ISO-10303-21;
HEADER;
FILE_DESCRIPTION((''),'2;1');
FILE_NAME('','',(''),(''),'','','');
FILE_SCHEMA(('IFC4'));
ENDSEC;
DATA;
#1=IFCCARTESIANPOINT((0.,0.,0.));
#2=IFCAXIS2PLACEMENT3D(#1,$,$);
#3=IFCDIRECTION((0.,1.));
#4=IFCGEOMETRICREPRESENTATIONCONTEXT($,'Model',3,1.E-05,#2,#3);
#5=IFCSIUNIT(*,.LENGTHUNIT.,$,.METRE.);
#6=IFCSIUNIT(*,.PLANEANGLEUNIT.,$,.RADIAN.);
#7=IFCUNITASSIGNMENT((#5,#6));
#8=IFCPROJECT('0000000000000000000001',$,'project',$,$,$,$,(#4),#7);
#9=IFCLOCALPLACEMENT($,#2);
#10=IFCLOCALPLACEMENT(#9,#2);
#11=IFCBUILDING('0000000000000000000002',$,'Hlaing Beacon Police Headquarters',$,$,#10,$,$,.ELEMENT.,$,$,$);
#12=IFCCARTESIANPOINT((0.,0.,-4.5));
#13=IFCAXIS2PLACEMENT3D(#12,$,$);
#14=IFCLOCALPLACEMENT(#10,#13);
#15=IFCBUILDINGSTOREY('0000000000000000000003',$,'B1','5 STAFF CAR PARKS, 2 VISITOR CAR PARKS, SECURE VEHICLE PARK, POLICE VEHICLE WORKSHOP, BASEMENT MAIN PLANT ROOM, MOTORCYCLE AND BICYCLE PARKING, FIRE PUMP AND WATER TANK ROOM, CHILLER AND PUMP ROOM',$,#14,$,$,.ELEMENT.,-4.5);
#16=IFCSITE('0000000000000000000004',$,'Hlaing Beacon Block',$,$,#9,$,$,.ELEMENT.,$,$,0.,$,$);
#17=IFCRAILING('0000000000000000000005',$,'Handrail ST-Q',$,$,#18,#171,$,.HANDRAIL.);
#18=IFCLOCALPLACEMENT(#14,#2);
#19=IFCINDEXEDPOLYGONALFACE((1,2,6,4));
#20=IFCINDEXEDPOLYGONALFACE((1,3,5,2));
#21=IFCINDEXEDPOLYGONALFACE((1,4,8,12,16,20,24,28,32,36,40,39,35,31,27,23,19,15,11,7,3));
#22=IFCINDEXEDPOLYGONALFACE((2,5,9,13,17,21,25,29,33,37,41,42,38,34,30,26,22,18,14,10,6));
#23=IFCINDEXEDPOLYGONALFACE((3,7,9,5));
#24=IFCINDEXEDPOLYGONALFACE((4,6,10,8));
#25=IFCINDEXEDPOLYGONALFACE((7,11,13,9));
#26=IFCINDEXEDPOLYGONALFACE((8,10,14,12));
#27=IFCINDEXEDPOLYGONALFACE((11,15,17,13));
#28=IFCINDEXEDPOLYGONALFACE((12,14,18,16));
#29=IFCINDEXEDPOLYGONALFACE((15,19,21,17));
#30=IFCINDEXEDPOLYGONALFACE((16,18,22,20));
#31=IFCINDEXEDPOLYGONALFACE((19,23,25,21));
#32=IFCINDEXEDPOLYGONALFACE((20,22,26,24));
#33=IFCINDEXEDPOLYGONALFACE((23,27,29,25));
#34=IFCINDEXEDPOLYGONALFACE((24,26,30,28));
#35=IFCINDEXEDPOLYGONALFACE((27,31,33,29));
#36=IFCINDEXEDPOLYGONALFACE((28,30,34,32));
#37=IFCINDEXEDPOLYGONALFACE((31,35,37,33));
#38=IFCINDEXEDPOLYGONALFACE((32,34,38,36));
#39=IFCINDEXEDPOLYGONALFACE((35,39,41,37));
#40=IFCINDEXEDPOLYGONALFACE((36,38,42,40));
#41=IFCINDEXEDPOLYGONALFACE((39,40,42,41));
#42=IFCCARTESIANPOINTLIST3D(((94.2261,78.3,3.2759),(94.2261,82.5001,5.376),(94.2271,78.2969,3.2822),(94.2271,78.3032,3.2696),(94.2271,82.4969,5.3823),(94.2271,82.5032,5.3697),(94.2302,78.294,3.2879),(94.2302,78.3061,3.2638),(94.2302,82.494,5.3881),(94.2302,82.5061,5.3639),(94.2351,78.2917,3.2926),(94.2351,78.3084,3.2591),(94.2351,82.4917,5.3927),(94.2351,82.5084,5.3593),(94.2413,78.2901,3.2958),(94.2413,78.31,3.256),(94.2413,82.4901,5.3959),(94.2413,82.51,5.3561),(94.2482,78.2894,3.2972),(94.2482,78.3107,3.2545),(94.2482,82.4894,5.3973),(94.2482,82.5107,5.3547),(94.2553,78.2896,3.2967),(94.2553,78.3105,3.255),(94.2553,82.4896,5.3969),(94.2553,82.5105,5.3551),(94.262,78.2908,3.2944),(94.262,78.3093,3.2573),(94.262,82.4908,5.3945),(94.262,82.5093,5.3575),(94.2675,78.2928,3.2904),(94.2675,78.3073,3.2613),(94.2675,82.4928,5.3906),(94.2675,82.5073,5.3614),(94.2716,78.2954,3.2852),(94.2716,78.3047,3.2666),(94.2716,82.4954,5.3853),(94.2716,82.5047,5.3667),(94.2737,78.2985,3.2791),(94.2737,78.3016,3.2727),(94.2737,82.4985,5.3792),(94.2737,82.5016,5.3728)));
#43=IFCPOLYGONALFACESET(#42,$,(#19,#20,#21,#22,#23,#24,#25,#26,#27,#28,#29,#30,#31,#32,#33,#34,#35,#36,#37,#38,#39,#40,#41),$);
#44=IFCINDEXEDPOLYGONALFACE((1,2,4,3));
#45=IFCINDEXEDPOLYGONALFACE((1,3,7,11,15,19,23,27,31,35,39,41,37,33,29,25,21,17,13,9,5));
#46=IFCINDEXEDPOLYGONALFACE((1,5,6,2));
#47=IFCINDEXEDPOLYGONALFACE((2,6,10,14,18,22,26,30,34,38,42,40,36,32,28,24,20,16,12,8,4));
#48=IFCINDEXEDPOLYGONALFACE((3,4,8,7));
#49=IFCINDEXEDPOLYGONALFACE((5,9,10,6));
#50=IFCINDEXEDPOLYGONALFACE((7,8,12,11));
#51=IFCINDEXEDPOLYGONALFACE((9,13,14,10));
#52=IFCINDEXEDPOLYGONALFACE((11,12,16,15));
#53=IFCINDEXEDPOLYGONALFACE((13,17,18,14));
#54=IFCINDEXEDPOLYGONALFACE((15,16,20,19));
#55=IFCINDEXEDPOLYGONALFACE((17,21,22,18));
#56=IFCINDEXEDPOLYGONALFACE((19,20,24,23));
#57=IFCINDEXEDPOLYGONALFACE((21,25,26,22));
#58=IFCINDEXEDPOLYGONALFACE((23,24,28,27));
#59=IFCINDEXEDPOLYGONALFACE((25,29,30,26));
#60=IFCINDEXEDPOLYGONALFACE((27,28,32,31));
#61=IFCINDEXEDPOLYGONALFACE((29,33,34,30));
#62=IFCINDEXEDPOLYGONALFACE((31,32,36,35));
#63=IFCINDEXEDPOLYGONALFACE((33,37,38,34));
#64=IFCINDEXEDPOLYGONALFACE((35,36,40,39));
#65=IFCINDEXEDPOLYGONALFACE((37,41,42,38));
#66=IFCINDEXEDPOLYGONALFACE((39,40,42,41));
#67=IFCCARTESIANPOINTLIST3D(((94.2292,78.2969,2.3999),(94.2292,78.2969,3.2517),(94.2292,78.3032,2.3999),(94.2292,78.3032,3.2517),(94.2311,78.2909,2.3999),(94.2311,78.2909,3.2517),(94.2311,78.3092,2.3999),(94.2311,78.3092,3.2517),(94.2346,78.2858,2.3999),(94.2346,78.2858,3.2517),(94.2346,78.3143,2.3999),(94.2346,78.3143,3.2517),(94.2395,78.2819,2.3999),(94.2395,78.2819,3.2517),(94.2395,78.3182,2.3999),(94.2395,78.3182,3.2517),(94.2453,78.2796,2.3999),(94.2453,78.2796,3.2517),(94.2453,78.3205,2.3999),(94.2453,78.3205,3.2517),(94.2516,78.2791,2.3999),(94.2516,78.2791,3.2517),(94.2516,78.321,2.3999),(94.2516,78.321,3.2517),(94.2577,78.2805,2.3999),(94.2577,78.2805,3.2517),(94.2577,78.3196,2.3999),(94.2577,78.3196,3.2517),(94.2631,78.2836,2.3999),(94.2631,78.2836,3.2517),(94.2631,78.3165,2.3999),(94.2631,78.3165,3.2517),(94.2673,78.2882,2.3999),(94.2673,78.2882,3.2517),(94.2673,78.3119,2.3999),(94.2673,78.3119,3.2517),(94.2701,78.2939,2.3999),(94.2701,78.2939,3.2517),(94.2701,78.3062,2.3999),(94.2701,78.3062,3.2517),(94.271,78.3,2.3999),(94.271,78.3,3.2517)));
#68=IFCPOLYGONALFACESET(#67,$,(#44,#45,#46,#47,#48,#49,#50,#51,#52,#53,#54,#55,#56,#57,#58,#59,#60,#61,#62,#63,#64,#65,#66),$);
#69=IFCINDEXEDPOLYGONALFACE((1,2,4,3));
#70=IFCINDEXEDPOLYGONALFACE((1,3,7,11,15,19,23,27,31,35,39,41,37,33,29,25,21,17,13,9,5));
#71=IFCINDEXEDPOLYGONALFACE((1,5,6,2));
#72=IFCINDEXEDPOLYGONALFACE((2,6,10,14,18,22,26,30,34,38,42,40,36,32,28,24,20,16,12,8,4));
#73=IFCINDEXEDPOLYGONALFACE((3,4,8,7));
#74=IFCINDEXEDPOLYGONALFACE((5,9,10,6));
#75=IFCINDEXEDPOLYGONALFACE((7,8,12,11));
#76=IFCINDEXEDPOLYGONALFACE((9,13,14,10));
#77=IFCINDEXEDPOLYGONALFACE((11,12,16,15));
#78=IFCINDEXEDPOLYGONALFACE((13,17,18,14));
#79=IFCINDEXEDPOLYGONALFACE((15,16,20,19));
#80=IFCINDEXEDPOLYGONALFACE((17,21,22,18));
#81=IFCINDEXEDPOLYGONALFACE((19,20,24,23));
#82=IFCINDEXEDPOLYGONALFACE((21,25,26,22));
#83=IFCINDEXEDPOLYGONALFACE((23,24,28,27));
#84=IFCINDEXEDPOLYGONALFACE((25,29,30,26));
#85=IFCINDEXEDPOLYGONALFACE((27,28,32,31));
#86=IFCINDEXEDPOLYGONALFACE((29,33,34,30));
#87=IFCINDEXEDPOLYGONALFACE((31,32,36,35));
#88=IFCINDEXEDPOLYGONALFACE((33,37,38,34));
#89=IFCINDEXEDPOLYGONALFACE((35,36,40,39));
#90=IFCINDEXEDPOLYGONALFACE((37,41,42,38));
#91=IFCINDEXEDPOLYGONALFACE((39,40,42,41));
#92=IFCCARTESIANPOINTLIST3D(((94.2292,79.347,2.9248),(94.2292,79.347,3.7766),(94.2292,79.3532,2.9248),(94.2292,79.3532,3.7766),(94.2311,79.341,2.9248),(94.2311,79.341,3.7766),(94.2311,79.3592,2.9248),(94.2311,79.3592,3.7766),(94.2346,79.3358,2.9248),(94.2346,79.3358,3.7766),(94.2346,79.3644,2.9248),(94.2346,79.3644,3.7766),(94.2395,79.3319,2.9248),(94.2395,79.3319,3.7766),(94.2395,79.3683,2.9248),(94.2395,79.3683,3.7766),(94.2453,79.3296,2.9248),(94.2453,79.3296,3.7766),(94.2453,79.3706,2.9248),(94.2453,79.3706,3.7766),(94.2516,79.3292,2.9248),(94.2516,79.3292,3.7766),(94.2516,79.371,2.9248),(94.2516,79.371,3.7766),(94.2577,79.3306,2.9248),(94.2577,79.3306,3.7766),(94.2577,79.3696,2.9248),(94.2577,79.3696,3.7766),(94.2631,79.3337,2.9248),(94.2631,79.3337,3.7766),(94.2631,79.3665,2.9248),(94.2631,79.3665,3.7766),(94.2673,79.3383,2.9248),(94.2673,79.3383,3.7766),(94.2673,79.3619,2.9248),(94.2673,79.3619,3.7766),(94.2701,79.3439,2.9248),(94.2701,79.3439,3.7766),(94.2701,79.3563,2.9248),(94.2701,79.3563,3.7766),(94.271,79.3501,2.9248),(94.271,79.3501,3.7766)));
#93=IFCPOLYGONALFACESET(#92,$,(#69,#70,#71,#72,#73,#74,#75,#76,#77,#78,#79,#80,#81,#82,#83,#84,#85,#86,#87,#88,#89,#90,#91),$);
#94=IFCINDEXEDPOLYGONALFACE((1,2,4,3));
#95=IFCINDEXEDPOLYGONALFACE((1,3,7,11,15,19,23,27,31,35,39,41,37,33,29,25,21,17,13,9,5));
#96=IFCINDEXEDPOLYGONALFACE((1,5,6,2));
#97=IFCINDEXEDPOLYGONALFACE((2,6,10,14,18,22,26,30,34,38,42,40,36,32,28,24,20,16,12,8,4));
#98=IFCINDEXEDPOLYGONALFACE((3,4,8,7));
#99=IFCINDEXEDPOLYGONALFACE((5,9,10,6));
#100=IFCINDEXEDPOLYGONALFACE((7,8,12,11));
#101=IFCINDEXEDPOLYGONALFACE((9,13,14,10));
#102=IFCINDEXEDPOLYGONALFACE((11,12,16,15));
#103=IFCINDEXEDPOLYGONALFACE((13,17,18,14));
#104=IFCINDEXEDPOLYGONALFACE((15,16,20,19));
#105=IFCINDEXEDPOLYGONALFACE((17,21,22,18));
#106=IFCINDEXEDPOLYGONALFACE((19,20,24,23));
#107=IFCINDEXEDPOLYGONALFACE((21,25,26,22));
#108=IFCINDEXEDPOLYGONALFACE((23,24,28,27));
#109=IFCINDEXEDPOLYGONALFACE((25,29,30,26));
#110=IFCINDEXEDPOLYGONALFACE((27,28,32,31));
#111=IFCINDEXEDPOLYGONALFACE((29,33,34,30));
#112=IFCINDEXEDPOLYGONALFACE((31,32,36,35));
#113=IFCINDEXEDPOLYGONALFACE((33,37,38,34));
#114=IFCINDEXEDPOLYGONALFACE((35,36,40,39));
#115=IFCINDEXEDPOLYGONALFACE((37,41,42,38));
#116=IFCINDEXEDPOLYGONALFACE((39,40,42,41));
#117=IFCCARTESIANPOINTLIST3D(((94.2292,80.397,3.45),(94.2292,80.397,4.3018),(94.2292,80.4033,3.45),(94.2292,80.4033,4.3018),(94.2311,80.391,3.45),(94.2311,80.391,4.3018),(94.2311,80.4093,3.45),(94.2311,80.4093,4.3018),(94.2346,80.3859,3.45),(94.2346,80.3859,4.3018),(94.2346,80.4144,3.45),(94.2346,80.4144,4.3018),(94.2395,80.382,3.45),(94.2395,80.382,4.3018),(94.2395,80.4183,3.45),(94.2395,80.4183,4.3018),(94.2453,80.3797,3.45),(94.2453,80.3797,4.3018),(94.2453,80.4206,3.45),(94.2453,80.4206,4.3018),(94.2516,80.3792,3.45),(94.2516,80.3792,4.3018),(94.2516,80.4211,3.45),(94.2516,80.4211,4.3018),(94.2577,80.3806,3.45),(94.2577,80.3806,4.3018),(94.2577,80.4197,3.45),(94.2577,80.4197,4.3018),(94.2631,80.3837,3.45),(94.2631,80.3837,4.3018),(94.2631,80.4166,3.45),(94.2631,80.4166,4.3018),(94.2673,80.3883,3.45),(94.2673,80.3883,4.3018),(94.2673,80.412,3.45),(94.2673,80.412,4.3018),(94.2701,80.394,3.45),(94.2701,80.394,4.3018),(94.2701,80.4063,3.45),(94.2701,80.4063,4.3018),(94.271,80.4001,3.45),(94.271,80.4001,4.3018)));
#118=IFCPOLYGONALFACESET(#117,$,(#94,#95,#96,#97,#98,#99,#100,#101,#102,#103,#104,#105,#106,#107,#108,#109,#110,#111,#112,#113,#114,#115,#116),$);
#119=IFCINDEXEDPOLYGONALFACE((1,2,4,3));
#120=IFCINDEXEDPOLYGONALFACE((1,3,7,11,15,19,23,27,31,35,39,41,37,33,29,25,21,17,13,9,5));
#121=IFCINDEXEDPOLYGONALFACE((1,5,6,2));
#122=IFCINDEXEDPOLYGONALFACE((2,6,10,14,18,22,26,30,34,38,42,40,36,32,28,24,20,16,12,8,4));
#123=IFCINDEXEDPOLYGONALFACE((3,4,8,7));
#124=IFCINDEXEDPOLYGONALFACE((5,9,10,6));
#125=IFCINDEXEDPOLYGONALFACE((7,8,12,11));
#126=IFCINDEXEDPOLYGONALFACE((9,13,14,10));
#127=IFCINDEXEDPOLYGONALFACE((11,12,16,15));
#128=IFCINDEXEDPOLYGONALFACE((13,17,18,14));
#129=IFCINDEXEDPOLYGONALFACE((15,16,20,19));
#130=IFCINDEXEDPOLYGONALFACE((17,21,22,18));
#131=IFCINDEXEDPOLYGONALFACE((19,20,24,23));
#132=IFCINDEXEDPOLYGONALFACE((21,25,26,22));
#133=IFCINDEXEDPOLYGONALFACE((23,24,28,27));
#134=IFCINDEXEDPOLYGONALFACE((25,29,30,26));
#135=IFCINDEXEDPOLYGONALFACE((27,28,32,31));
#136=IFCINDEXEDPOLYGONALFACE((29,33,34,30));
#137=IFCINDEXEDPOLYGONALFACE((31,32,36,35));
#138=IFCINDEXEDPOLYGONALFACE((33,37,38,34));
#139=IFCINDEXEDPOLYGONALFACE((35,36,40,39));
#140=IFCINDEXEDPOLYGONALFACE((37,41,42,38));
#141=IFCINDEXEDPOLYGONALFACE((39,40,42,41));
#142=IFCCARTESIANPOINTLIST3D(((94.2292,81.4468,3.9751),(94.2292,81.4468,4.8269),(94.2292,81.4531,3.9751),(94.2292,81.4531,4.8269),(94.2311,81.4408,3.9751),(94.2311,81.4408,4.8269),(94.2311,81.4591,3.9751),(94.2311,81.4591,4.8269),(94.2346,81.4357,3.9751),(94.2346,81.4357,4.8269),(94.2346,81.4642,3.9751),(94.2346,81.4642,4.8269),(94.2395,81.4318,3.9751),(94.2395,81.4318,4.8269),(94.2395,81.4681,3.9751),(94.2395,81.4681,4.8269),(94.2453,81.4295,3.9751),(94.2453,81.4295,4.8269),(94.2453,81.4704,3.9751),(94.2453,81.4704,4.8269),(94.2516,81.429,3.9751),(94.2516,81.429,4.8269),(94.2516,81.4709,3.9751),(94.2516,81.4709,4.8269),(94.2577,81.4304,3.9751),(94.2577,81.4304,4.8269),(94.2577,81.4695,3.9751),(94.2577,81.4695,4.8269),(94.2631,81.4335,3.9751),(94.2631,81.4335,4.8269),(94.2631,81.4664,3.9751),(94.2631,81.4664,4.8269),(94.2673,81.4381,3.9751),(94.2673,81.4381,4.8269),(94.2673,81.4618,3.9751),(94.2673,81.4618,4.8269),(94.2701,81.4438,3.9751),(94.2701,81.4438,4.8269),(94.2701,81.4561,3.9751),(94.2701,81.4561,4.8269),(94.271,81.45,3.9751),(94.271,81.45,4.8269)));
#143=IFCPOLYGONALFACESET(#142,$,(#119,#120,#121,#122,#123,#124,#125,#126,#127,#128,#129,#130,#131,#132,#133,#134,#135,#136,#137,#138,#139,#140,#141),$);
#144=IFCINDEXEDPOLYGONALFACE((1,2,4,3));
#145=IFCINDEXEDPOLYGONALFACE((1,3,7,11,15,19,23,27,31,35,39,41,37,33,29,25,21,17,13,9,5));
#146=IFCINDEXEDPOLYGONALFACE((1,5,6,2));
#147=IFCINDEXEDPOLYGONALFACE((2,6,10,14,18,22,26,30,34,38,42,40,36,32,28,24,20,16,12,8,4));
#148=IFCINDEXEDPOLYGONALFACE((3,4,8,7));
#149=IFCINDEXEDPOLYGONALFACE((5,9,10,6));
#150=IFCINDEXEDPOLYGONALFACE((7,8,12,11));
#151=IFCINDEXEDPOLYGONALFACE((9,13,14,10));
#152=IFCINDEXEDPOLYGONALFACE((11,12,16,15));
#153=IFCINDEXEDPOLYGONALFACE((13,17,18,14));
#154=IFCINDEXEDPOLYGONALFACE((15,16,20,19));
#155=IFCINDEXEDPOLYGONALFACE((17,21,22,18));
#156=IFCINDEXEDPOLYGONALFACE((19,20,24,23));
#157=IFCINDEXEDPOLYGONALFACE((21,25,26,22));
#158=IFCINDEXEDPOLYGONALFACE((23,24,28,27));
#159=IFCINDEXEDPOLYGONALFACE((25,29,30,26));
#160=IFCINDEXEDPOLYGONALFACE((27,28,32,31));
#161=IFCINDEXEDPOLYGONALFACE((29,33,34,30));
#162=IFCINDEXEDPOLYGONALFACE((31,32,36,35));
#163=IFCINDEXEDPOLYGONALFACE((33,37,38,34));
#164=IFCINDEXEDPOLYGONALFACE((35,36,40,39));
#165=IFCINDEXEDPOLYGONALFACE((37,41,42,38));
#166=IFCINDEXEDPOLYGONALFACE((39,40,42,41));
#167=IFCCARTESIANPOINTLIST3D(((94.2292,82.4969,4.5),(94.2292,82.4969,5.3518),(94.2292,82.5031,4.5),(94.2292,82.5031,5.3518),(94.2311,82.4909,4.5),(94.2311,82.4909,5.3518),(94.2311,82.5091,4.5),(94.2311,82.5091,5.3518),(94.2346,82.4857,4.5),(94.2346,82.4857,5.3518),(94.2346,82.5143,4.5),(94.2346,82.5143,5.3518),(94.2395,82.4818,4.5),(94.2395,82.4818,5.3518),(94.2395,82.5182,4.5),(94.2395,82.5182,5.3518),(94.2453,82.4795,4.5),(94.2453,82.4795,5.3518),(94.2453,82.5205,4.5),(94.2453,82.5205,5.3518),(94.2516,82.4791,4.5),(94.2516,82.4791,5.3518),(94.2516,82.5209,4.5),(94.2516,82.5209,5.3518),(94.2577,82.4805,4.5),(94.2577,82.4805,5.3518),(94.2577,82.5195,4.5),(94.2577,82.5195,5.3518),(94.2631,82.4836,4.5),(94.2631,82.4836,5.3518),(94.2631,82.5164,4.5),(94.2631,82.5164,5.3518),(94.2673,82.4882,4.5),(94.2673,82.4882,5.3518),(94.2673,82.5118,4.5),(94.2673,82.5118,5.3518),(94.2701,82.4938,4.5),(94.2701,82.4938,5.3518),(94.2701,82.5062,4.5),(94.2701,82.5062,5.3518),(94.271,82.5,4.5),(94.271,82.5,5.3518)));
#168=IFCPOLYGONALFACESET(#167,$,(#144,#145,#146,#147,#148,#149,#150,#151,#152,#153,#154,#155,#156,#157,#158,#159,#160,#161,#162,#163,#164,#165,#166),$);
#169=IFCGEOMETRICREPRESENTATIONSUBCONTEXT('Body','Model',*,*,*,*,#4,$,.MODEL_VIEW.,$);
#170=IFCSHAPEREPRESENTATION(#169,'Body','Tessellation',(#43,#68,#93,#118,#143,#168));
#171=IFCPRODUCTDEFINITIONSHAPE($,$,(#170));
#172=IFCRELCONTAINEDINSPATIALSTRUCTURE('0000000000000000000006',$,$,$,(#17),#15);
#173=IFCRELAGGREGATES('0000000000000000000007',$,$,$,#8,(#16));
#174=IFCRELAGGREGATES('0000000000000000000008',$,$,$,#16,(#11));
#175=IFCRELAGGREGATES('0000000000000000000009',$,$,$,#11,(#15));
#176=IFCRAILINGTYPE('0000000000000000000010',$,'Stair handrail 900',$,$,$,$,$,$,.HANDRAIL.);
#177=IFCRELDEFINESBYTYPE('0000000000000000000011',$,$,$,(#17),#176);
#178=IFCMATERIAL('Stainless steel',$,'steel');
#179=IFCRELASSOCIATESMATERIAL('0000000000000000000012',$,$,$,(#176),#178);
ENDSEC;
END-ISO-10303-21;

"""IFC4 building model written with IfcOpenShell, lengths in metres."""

from ifc_helpers import new_model, si_unit, direction, frame, origin, origin_2d, place, context, subcontext, project, spatial, circle, extrude, material, type_object, element, save


model = new_model("IFC4")

# Units and contexts
model_context = context("Model", 3, precision=1e-05, world=origin(), true_north=direction((0.0, 1.0)))
body_context = subcontext(model_context, "Body", "Model", "MODEL_VIEW")
ifc_project = project(units=[si_unit("LENGTHUNIT", "METRE"), si_unit("PLANEANGLEUNIT", "RADIAN")], contexts=[model_context])

# Site, building, storey
site_placement = place(None, origin())
site = spatial("IfcSite", under=ifc_project, at=site_placement, Name="Hlaing Beacon Block", CompositionType="ELEMENT", RefElevation=0.0)
building_placement = place(site_placement, origin())
building = spatial("IfcBuilding", under=site, at=building_placement, Name="Hlaing Beacon Police Headquarters", CompositionType="ELEMENT")
storey_placement = place(building_placement, frame((0.0, 0.0, -4.5)))
storey = spatial("IfcBuildingStorey", under=building, at=storey_placement, Name="B1", Description="5 STAFF CAR PARKS, 2 VISITOR CAR PARKS, SECURE VEHICLE PARK, POLICE VEHICLE WORKSHOP, BASEMENT MAIN PLANT ROOM, MOTORCYCLE AND BICYCLE PARKING, FIRE PUMP AND WATER TANK ROOM, CHILLER AND PUMP ROOM", CompositionType="ELEMENT", Elevation=-4.5)

# Railing
ifc_material_1 = material(Name="Stainless steel", Category="steel")
railing_type = type_object("IfcRailingType", Name="Stair handrail 900", PredefinedType="HANDRAIL", material=ifc_material_1)
railing_placement = place(storey_placement, frame((94.25, 78.3, 2.3999)))
element("IfcRailing", 1, at=railing_placement, inside=storey, type_object=railing_type, Name="Handrail ST-Q", PredefinedType="HANDRAIL", context=body_context, shape_type="SweptSolid", body=[
    extrude(circle(Radius=0.0239, at=origin_2d()), frame((0.0, 0.0, 0.876), z_axis=(0.0, 0.894417, 0.447234), x_axis=(-1.0, 0.0, 0.0)), (0.0, 0.0, 1.0), 4.6958),
    extrude(circle(Radius=0.021, at=origin_2d()), origin(), (0.0, 0.0, 1.0), 0.8518),
    extrude(circle(Radius=0.021, at=origin_2d()), frame((0.0, 1.05, 0.5249)), (0.0, 0.0, 1.0), 0.8518),
    extrude(circle(Radius=0.021, at=origin_2d()), frame((0.0, 2.1001, 1.05)), (0.0, 0.0, 1.0), 0.8518),
    extrude(circle(Radius=0.021, at=origin_2d()), frame((0.0, 3.1499, 1.5752)), (0.0, 0.0, 1.0), 0.8518),
    extrude(circle(Radius=0.021, at=origin_2d()), frame((0.0, 4.2, 2.1001)), (0.0, 0.0, 1.0), 0.8518),
])

save(model, "model.ifc")
